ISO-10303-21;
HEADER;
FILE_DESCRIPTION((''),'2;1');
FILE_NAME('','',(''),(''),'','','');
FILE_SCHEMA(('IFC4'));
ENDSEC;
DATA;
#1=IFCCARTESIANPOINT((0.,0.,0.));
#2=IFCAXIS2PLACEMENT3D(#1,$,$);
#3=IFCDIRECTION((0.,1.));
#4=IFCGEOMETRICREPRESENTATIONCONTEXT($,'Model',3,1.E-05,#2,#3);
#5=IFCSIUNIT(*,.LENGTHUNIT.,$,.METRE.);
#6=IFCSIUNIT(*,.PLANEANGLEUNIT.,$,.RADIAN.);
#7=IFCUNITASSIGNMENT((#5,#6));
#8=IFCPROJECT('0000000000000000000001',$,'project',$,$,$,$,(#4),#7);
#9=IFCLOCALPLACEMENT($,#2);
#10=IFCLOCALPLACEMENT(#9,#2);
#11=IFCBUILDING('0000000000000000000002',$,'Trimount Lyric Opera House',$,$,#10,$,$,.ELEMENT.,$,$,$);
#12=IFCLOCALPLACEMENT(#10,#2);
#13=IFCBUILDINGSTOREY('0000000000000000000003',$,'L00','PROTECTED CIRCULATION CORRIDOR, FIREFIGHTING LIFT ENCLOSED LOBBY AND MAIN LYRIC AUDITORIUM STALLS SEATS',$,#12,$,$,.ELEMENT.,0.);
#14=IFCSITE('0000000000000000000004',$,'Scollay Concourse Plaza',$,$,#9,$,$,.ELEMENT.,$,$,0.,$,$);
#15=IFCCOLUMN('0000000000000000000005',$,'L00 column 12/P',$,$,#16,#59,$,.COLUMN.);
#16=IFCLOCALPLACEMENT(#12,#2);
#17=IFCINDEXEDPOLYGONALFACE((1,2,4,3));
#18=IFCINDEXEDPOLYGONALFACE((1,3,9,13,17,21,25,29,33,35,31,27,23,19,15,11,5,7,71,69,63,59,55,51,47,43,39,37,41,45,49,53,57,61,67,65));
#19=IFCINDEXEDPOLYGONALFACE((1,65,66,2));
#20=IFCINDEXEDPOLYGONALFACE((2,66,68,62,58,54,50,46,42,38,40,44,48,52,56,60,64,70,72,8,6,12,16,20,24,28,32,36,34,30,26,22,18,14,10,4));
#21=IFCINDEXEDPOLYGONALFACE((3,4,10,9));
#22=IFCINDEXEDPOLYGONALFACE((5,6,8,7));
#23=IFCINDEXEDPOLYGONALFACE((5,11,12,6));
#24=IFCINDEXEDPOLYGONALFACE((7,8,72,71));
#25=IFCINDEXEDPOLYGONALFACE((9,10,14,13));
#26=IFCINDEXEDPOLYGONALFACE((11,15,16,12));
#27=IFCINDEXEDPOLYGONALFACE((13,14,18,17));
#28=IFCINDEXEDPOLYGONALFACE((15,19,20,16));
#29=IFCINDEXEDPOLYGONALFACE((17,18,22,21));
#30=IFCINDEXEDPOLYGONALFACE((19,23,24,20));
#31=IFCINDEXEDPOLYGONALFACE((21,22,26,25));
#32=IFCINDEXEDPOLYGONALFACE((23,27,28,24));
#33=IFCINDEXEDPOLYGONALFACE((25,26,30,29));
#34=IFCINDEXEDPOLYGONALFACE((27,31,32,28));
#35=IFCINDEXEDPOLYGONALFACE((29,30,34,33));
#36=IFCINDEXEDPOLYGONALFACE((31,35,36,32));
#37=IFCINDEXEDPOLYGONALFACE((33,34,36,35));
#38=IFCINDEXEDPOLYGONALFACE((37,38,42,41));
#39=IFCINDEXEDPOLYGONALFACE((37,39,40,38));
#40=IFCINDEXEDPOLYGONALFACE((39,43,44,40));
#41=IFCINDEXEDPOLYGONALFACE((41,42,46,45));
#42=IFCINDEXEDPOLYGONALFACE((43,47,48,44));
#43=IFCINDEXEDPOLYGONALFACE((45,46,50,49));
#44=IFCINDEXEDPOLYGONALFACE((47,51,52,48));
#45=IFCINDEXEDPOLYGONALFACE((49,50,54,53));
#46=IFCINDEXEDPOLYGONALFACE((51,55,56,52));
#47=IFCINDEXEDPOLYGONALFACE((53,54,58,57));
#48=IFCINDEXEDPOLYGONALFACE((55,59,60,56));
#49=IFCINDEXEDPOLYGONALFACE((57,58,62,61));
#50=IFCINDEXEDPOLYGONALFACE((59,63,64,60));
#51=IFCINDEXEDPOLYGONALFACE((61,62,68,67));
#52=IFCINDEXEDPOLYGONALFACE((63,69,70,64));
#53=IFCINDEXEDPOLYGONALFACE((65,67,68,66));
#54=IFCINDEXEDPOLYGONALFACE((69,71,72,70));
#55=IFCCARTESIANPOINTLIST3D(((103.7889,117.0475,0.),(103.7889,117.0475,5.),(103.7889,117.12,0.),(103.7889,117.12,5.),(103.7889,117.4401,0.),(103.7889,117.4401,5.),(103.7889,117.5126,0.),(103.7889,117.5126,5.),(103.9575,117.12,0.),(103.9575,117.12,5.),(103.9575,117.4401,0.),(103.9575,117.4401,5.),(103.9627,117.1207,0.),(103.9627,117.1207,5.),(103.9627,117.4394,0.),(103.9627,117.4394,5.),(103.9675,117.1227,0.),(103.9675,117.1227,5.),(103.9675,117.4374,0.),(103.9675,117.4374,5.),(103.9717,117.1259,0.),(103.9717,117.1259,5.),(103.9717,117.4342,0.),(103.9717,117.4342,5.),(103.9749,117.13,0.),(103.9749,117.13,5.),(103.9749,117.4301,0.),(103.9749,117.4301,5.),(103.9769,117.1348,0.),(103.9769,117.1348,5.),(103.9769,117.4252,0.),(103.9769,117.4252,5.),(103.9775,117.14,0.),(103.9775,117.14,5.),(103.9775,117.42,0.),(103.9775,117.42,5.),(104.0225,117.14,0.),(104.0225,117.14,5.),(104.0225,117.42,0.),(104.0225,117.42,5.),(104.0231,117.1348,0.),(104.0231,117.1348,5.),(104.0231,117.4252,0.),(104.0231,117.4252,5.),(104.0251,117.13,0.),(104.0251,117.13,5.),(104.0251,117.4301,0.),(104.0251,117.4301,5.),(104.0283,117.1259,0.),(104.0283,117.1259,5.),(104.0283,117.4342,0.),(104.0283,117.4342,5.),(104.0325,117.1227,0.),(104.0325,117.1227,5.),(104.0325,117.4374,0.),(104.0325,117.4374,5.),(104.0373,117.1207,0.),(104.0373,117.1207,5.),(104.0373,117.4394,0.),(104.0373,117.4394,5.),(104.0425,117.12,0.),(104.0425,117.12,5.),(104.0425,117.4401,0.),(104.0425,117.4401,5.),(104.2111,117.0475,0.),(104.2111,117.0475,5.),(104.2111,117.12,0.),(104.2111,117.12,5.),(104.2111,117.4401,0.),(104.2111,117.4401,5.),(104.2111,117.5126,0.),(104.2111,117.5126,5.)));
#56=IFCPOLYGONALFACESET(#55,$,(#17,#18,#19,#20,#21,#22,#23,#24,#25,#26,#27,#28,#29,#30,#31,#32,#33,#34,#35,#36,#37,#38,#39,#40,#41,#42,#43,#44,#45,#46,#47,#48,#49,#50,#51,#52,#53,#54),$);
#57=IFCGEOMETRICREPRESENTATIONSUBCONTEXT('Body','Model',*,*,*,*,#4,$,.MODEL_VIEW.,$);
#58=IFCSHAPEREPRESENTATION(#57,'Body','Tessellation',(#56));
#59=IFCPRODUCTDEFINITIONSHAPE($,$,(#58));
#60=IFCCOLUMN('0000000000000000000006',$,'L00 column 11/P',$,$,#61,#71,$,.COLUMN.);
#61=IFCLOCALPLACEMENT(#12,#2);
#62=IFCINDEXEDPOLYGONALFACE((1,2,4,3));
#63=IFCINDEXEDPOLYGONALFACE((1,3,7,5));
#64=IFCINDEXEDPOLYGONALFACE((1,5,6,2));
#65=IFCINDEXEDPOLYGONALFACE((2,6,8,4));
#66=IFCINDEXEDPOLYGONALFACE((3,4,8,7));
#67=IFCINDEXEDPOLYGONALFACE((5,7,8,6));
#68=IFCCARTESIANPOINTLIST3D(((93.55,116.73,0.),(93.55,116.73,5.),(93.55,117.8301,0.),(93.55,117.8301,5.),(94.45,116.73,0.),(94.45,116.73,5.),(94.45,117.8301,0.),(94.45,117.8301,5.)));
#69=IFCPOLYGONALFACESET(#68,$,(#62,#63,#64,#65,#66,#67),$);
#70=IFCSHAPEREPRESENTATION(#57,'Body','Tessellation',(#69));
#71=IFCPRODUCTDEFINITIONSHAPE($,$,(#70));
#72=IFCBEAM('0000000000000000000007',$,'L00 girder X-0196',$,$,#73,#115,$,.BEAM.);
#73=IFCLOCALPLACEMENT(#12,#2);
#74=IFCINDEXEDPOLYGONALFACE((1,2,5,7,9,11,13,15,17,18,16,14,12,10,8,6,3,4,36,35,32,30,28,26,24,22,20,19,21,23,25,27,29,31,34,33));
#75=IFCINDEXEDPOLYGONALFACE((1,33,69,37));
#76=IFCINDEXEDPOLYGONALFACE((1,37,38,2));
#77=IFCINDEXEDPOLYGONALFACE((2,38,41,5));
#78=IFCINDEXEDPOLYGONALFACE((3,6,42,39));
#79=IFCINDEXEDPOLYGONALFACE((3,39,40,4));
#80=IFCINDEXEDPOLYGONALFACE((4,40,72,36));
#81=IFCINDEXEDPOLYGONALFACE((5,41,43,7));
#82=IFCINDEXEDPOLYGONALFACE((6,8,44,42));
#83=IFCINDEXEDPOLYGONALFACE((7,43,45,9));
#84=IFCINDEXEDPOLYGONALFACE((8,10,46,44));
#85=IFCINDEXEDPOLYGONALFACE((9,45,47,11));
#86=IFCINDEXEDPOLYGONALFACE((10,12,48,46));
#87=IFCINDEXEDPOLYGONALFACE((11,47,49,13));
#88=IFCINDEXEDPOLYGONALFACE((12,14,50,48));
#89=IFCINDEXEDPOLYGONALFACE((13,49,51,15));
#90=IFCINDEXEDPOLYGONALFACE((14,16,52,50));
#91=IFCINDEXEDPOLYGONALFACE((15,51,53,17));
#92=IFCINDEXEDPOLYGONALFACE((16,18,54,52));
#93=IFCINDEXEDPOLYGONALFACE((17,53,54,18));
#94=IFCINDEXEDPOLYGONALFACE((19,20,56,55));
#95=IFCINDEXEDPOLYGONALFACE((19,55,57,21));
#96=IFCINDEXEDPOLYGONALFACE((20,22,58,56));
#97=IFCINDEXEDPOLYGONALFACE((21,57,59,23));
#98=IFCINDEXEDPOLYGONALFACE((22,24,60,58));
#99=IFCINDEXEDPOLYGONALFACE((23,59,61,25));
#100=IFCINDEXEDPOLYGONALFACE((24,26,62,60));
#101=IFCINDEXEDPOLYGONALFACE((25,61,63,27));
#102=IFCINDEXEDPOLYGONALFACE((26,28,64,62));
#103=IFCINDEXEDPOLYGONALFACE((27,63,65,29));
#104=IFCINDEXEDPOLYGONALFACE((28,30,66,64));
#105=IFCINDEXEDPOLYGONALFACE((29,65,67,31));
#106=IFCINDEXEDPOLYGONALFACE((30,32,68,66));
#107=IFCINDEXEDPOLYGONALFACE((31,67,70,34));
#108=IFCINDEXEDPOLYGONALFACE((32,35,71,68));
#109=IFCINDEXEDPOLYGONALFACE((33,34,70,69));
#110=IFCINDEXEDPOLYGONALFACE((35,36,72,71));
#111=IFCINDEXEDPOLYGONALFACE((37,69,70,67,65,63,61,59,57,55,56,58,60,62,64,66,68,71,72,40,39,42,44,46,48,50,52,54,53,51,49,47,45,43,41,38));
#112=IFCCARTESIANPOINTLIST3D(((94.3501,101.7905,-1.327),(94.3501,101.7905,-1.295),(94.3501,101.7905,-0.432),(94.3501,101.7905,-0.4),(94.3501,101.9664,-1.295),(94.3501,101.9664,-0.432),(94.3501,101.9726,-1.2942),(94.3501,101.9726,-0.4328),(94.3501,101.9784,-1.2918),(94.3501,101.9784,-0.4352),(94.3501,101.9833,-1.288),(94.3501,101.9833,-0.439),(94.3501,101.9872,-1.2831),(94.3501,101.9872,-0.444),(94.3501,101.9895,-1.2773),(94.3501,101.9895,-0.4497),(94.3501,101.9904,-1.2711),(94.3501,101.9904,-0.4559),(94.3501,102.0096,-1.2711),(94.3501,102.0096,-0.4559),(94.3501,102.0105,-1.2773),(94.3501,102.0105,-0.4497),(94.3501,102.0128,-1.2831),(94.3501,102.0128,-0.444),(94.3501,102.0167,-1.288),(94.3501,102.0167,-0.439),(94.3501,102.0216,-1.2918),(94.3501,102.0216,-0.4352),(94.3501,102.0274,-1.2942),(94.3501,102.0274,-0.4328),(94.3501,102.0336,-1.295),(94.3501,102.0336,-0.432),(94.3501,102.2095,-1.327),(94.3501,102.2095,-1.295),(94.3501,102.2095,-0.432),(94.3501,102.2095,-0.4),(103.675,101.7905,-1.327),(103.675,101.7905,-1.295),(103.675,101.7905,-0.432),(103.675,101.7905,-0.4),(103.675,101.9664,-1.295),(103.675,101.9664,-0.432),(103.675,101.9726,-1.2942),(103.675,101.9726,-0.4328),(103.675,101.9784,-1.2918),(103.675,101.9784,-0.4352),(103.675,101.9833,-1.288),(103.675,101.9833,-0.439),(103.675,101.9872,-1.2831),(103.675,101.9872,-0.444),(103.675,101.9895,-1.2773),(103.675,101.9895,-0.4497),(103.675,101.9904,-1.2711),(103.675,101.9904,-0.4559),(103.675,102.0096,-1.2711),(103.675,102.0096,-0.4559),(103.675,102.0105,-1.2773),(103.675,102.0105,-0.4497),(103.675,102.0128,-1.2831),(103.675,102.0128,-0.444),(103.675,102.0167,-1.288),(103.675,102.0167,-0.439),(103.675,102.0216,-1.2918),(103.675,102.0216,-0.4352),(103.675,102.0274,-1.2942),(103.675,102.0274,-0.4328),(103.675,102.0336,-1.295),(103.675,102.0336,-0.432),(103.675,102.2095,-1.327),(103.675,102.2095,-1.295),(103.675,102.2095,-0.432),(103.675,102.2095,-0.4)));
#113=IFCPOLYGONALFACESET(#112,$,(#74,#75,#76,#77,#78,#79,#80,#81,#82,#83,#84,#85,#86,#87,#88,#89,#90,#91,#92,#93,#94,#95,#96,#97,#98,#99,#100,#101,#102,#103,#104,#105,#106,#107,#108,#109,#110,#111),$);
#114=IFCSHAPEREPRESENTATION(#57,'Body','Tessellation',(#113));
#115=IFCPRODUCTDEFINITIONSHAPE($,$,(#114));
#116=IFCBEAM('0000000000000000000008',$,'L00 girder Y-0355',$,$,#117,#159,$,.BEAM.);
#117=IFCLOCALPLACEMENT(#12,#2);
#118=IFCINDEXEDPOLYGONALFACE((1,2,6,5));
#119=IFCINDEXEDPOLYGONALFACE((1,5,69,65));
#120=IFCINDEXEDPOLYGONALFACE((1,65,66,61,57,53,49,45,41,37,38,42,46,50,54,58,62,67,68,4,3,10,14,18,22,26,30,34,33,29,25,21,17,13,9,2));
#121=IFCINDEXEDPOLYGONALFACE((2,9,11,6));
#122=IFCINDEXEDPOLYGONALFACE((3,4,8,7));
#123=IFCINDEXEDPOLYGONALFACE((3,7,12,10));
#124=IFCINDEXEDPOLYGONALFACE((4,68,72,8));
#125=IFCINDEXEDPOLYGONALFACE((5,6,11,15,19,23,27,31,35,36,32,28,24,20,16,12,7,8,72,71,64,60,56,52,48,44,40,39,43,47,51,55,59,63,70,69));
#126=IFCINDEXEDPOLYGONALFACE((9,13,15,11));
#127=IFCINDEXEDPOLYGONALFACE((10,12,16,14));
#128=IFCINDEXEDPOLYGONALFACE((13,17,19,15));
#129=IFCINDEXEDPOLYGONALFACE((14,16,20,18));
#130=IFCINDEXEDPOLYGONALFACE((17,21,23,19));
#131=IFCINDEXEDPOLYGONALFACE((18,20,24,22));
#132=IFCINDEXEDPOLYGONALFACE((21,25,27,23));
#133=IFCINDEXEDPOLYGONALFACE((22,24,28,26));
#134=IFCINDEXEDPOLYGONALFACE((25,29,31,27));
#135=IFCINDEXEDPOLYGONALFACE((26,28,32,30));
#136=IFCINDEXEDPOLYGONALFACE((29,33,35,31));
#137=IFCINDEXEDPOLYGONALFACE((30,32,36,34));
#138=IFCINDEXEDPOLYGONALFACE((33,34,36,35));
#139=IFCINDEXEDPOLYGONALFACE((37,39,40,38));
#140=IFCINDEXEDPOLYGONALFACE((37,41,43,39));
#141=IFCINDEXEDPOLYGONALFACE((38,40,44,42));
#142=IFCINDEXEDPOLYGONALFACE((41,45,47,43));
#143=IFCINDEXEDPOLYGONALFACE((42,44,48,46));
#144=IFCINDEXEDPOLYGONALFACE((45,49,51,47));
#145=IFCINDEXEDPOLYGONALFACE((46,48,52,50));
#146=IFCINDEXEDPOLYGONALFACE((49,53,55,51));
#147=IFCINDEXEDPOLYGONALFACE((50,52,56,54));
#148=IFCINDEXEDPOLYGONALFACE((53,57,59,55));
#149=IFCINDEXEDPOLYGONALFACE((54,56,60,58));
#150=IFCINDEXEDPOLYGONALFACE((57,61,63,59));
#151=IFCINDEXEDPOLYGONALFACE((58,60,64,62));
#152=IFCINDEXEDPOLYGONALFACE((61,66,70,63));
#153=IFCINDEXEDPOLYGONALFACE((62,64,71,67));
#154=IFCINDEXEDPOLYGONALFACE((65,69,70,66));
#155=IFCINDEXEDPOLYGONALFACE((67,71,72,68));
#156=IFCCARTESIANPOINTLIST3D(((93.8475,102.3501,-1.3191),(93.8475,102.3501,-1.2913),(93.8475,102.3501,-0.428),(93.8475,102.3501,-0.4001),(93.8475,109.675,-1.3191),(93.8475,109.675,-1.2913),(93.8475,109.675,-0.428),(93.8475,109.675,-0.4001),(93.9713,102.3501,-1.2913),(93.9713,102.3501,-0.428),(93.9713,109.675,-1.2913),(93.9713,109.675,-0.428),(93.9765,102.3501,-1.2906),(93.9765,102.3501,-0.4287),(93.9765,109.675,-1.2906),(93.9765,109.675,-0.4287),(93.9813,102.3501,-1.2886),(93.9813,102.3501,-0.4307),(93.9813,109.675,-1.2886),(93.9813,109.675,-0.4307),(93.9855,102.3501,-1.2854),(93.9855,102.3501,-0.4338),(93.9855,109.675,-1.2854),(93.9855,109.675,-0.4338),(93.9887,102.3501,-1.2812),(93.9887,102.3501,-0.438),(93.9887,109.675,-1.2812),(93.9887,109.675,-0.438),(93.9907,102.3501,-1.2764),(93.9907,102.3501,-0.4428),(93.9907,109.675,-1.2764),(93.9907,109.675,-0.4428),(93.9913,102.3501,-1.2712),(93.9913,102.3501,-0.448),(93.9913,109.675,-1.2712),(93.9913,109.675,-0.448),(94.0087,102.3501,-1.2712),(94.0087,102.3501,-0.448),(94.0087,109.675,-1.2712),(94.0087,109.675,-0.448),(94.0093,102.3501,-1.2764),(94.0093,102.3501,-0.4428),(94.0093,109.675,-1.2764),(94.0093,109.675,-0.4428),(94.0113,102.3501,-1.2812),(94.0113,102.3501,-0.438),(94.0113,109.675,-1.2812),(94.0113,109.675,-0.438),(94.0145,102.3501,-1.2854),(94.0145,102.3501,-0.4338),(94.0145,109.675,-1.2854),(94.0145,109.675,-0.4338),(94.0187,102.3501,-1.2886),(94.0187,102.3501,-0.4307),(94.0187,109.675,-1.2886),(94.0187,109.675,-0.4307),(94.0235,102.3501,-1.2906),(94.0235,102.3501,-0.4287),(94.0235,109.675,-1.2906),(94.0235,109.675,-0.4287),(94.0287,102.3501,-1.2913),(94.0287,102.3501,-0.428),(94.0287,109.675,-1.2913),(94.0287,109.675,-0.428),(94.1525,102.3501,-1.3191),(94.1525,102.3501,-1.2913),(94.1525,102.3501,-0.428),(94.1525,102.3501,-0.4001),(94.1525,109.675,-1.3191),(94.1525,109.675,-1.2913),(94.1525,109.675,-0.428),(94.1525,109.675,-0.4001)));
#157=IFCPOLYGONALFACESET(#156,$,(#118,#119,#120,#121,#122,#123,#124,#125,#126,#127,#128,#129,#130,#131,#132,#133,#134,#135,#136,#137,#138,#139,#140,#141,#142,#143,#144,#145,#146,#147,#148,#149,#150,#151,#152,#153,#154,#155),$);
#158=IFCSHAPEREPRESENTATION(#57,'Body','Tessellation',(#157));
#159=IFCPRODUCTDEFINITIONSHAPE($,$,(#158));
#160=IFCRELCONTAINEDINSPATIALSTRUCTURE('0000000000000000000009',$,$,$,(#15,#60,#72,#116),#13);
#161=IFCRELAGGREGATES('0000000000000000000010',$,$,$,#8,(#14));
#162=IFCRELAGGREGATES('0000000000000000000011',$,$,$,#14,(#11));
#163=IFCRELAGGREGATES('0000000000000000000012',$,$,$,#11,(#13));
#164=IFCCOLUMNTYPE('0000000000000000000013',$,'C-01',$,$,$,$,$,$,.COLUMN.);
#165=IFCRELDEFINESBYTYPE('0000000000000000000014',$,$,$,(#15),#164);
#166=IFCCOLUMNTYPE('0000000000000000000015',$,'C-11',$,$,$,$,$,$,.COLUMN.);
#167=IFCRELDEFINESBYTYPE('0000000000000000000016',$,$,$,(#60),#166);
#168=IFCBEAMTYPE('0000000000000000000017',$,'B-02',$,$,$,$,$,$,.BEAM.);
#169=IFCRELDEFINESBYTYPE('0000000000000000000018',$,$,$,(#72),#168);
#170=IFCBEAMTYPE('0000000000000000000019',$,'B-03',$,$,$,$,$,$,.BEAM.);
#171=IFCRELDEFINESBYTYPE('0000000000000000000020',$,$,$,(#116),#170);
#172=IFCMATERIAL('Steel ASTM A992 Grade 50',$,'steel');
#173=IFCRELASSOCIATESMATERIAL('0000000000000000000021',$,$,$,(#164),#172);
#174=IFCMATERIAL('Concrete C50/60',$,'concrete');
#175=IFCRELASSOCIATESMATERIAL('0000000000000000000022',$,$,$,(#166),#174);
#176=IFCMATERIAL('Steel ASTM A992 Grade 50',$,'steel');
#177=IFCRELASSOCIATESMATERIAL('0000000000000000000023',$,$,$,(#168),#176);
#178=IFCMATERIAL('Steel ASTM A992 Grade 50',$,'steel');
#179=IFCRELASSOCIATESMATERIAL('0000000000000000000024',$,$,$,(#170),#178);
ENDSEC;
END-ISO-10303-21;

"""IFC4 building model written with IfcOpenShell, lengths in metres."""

from ifc_helpers import new_model, si_unit, direction, frame, origin, origin_2d, place, context, subcontext, project, spatial, rectangle, i_section, extrude, material, material_profile, profile_set, type_object, element, save


model = new_model("IFC4")

# Units and contexts
model_context = context("Model", 3, precision=1e-05, world=origin(), true_north=direction((0.0, 1.0)))
body_context = subcontext(model_context, "Body", "Model", "MODEL_VIEW")
ifc_project = project(units=[si_unit("LENGTHUNIT", "METRE"), si_unit("PLANEANGLEUNIT", "RADIAN")], contexts=[model_context])

# Site, building, storey
site_placement = place(None, origin())
site = spatial("IfcSite", under=ifc_project, at=site_placement, Name="Scollay Concourse Plaza", CompositionType="ELEMENT", RefElevation=0.0)
building_placement = place(site_placement, origin())
building = spatial("IfcBuilding", under=site, at=building_placement, Name="Trimount Lyric Opera House", CompositionType="ELEMENT")
storey_placement = place(building_placement, origin())
storey = spatial("IfcBuildingStorey", under=building, at=storey_placement, Name="L00", Description="PROTECTED CIRCULATION CORRIDOR, FIREFIGHTING LIFT ENCLOSED LOBBY AND MAIN LYRIC AUDITORIUM STALLS SEATS", CompositionType="ELEMENT", Elevation=0.0)

# Columns
ifc_material_1 = material(Name="Steel ASTM A992 Grade 50", Category="steel")
ifc_material_profile_1 = material_profile(ifc_material_1, i_section(OverallWidth=0.4221, OverallDepth=0.4651, WebThickness=0.0449, FlangeThickness=0.0725, FilletRadius=0.02, at=origin_2d()), Name="W14X398")
ifc_profile_set_1 = profile_set([ifc_material_profile_1], Name="Steel ASTM A992 Grade 50")
column_type_1 = type_object("IfcColumnType", Name="C-01", PredefinedType="COLUMN", material=ifc_profile_set_1)
column_1_placement = place(storey_placement, frame((104.0, 117.28, 0.0), z_axis=(0.0, 0.0, 1.0), x_axis=(1.0, 0.0, 0.0)))
element("IfcColumn", 1, at=column_1_placement, inside=storey, type_object=column_type_1, Name="L00 column 12/P", PredefinedType="COLUMN", context=body_context, shape_type="SweptSolid", body=[
    extrude(i_section(OverallWidth=0.4221, OverallDepth=0.4651, WebThickness=0.0449, FlangeThickness=0.0725, FilletRadius=0.02, at=origin_2d()), origin(), (0.0, 0.0, 1.0), 5.0),
])
ifc_material_2 = material(Name="Concrete C50/60", Category="concrete")
ifc_material_profile_2 = material_profile(ifc_material_2, rectangle(XDim=0.8999, YDim=1.1001, at=origin_2d()), Name="RC1100X900")
ifc_profile_set_2 = profile_set([ifc_material_profile_2], Name="Concrete C50/60")
column_type_2 = type_object("IfcColumnType", Name="C-11", PredefinedType="COLUMN", material=ifc_profile_set_2)
column_2_placement = place(storey_placement, frame((94.0, 117.28, 0.0), z_axis=(0.0, 0.0, 1.0), x_axis=(1.0, 0.0, 0.0)))
element("IfcColumn", 2, at=column_2_placement, inside=storey, type_object=column_type_2, Name="L00 column 11/P", PredefinedType="COLUMN", context=body_context, shape_type="SweptSolid", body=[
    extrude(rectangle(XDim=0.8999, YDim=1.1001, at=origin_2d()), origin(), (0.0, 0.0, 1.0), 5.0),
])

# Beams
ifc_material_3 = material(Name="Steel ASTM A992 Grade 50", Category="steel")
ifc_material_profile_3 = material_profile(ifc_material_3, i_section(OverallWidth=0.4189, OverallDepth=0.927, WebThickness=0.0193, FlangeThickness=0.032, FilletRadius=0.0239, at=origin_2d()), Name="W36X231")
ifc_profile_set_3 = profile_set([ifc_material_profile_3], Name="Steel ASTM A992 Grade 50")
beam_type_1 = type_object("IfcBeamType", Name="B-02", PredefinedType="BEAM", material=ifc_profile_set_3)
beam_1_placement = place(storey_placement, frame((94.3501, 102.0, -0.8635), z_axis=(1.0, 0.0, 0.0), x_axis=(0.0, 1.0, 0.0)))
element("IfcBeam", 3, at=beam_1_placement, inside=storey, type_object=beam_type_1, Name="L00 girder X-0196", PredefinedType="BEAM", context=body_context, shape_type="SweptSolid", body=[
    extrude(i_section(OverallWidth=0.4189, OverallDepth=0.927, WebThickness=0.0193, FlangeThickness=0.032, FilletRadius=0.0239, at=origin_2d()), origin(), (0.0, 0.0, 1.0), 9.325),
])
ifc_material_4 = material(Name="Steel ASTM A992 Grade 50", Category="steel")
ifc_material_profile_4 = material_profile(ifc_material_4, i_section(OverallWidth=0.3049, OverallDepth=0.9189, WebThickness=0.0173, FlangeThickness=0.0278, FilletRadius=0.02, at=origin_2d()), Name="W36X170")
ifc_profile_set_4 = profile_set([ifc_material_profile_4], Name="Steel ASTM A992 Grade 50")
beam_type_2 = type_object("IfcBeamType", Name="B-03", PredefinedType="BEAM", material=ifc_profile_set_4)
beam_2_placement = place(storey_placement, frame((94.0, 102.3501, -0.8596), z_axis=(0.0, 1.0, 0.0), x_axis=(-1.0, 0.0, 0.0)))
element("IfcBeam", 4, at=beam_2_placement, inside=storey, type_object=beam_type_2, Name="L00 girder Y-0355", PredefinedType="BEAM", context=body_context, shape_type="SweptSolid", body=[
    extrude(i_section(OverallWidth=0.3049, OverallDepth=0.9189, WebThickness=0.0173, FlangeThickness=0.0278, FilletRadius=0.02, at=origin_2d()), origin(), (0.0, 0.0, 1.0), 7.325),
])

save(model, "model.ifc")
